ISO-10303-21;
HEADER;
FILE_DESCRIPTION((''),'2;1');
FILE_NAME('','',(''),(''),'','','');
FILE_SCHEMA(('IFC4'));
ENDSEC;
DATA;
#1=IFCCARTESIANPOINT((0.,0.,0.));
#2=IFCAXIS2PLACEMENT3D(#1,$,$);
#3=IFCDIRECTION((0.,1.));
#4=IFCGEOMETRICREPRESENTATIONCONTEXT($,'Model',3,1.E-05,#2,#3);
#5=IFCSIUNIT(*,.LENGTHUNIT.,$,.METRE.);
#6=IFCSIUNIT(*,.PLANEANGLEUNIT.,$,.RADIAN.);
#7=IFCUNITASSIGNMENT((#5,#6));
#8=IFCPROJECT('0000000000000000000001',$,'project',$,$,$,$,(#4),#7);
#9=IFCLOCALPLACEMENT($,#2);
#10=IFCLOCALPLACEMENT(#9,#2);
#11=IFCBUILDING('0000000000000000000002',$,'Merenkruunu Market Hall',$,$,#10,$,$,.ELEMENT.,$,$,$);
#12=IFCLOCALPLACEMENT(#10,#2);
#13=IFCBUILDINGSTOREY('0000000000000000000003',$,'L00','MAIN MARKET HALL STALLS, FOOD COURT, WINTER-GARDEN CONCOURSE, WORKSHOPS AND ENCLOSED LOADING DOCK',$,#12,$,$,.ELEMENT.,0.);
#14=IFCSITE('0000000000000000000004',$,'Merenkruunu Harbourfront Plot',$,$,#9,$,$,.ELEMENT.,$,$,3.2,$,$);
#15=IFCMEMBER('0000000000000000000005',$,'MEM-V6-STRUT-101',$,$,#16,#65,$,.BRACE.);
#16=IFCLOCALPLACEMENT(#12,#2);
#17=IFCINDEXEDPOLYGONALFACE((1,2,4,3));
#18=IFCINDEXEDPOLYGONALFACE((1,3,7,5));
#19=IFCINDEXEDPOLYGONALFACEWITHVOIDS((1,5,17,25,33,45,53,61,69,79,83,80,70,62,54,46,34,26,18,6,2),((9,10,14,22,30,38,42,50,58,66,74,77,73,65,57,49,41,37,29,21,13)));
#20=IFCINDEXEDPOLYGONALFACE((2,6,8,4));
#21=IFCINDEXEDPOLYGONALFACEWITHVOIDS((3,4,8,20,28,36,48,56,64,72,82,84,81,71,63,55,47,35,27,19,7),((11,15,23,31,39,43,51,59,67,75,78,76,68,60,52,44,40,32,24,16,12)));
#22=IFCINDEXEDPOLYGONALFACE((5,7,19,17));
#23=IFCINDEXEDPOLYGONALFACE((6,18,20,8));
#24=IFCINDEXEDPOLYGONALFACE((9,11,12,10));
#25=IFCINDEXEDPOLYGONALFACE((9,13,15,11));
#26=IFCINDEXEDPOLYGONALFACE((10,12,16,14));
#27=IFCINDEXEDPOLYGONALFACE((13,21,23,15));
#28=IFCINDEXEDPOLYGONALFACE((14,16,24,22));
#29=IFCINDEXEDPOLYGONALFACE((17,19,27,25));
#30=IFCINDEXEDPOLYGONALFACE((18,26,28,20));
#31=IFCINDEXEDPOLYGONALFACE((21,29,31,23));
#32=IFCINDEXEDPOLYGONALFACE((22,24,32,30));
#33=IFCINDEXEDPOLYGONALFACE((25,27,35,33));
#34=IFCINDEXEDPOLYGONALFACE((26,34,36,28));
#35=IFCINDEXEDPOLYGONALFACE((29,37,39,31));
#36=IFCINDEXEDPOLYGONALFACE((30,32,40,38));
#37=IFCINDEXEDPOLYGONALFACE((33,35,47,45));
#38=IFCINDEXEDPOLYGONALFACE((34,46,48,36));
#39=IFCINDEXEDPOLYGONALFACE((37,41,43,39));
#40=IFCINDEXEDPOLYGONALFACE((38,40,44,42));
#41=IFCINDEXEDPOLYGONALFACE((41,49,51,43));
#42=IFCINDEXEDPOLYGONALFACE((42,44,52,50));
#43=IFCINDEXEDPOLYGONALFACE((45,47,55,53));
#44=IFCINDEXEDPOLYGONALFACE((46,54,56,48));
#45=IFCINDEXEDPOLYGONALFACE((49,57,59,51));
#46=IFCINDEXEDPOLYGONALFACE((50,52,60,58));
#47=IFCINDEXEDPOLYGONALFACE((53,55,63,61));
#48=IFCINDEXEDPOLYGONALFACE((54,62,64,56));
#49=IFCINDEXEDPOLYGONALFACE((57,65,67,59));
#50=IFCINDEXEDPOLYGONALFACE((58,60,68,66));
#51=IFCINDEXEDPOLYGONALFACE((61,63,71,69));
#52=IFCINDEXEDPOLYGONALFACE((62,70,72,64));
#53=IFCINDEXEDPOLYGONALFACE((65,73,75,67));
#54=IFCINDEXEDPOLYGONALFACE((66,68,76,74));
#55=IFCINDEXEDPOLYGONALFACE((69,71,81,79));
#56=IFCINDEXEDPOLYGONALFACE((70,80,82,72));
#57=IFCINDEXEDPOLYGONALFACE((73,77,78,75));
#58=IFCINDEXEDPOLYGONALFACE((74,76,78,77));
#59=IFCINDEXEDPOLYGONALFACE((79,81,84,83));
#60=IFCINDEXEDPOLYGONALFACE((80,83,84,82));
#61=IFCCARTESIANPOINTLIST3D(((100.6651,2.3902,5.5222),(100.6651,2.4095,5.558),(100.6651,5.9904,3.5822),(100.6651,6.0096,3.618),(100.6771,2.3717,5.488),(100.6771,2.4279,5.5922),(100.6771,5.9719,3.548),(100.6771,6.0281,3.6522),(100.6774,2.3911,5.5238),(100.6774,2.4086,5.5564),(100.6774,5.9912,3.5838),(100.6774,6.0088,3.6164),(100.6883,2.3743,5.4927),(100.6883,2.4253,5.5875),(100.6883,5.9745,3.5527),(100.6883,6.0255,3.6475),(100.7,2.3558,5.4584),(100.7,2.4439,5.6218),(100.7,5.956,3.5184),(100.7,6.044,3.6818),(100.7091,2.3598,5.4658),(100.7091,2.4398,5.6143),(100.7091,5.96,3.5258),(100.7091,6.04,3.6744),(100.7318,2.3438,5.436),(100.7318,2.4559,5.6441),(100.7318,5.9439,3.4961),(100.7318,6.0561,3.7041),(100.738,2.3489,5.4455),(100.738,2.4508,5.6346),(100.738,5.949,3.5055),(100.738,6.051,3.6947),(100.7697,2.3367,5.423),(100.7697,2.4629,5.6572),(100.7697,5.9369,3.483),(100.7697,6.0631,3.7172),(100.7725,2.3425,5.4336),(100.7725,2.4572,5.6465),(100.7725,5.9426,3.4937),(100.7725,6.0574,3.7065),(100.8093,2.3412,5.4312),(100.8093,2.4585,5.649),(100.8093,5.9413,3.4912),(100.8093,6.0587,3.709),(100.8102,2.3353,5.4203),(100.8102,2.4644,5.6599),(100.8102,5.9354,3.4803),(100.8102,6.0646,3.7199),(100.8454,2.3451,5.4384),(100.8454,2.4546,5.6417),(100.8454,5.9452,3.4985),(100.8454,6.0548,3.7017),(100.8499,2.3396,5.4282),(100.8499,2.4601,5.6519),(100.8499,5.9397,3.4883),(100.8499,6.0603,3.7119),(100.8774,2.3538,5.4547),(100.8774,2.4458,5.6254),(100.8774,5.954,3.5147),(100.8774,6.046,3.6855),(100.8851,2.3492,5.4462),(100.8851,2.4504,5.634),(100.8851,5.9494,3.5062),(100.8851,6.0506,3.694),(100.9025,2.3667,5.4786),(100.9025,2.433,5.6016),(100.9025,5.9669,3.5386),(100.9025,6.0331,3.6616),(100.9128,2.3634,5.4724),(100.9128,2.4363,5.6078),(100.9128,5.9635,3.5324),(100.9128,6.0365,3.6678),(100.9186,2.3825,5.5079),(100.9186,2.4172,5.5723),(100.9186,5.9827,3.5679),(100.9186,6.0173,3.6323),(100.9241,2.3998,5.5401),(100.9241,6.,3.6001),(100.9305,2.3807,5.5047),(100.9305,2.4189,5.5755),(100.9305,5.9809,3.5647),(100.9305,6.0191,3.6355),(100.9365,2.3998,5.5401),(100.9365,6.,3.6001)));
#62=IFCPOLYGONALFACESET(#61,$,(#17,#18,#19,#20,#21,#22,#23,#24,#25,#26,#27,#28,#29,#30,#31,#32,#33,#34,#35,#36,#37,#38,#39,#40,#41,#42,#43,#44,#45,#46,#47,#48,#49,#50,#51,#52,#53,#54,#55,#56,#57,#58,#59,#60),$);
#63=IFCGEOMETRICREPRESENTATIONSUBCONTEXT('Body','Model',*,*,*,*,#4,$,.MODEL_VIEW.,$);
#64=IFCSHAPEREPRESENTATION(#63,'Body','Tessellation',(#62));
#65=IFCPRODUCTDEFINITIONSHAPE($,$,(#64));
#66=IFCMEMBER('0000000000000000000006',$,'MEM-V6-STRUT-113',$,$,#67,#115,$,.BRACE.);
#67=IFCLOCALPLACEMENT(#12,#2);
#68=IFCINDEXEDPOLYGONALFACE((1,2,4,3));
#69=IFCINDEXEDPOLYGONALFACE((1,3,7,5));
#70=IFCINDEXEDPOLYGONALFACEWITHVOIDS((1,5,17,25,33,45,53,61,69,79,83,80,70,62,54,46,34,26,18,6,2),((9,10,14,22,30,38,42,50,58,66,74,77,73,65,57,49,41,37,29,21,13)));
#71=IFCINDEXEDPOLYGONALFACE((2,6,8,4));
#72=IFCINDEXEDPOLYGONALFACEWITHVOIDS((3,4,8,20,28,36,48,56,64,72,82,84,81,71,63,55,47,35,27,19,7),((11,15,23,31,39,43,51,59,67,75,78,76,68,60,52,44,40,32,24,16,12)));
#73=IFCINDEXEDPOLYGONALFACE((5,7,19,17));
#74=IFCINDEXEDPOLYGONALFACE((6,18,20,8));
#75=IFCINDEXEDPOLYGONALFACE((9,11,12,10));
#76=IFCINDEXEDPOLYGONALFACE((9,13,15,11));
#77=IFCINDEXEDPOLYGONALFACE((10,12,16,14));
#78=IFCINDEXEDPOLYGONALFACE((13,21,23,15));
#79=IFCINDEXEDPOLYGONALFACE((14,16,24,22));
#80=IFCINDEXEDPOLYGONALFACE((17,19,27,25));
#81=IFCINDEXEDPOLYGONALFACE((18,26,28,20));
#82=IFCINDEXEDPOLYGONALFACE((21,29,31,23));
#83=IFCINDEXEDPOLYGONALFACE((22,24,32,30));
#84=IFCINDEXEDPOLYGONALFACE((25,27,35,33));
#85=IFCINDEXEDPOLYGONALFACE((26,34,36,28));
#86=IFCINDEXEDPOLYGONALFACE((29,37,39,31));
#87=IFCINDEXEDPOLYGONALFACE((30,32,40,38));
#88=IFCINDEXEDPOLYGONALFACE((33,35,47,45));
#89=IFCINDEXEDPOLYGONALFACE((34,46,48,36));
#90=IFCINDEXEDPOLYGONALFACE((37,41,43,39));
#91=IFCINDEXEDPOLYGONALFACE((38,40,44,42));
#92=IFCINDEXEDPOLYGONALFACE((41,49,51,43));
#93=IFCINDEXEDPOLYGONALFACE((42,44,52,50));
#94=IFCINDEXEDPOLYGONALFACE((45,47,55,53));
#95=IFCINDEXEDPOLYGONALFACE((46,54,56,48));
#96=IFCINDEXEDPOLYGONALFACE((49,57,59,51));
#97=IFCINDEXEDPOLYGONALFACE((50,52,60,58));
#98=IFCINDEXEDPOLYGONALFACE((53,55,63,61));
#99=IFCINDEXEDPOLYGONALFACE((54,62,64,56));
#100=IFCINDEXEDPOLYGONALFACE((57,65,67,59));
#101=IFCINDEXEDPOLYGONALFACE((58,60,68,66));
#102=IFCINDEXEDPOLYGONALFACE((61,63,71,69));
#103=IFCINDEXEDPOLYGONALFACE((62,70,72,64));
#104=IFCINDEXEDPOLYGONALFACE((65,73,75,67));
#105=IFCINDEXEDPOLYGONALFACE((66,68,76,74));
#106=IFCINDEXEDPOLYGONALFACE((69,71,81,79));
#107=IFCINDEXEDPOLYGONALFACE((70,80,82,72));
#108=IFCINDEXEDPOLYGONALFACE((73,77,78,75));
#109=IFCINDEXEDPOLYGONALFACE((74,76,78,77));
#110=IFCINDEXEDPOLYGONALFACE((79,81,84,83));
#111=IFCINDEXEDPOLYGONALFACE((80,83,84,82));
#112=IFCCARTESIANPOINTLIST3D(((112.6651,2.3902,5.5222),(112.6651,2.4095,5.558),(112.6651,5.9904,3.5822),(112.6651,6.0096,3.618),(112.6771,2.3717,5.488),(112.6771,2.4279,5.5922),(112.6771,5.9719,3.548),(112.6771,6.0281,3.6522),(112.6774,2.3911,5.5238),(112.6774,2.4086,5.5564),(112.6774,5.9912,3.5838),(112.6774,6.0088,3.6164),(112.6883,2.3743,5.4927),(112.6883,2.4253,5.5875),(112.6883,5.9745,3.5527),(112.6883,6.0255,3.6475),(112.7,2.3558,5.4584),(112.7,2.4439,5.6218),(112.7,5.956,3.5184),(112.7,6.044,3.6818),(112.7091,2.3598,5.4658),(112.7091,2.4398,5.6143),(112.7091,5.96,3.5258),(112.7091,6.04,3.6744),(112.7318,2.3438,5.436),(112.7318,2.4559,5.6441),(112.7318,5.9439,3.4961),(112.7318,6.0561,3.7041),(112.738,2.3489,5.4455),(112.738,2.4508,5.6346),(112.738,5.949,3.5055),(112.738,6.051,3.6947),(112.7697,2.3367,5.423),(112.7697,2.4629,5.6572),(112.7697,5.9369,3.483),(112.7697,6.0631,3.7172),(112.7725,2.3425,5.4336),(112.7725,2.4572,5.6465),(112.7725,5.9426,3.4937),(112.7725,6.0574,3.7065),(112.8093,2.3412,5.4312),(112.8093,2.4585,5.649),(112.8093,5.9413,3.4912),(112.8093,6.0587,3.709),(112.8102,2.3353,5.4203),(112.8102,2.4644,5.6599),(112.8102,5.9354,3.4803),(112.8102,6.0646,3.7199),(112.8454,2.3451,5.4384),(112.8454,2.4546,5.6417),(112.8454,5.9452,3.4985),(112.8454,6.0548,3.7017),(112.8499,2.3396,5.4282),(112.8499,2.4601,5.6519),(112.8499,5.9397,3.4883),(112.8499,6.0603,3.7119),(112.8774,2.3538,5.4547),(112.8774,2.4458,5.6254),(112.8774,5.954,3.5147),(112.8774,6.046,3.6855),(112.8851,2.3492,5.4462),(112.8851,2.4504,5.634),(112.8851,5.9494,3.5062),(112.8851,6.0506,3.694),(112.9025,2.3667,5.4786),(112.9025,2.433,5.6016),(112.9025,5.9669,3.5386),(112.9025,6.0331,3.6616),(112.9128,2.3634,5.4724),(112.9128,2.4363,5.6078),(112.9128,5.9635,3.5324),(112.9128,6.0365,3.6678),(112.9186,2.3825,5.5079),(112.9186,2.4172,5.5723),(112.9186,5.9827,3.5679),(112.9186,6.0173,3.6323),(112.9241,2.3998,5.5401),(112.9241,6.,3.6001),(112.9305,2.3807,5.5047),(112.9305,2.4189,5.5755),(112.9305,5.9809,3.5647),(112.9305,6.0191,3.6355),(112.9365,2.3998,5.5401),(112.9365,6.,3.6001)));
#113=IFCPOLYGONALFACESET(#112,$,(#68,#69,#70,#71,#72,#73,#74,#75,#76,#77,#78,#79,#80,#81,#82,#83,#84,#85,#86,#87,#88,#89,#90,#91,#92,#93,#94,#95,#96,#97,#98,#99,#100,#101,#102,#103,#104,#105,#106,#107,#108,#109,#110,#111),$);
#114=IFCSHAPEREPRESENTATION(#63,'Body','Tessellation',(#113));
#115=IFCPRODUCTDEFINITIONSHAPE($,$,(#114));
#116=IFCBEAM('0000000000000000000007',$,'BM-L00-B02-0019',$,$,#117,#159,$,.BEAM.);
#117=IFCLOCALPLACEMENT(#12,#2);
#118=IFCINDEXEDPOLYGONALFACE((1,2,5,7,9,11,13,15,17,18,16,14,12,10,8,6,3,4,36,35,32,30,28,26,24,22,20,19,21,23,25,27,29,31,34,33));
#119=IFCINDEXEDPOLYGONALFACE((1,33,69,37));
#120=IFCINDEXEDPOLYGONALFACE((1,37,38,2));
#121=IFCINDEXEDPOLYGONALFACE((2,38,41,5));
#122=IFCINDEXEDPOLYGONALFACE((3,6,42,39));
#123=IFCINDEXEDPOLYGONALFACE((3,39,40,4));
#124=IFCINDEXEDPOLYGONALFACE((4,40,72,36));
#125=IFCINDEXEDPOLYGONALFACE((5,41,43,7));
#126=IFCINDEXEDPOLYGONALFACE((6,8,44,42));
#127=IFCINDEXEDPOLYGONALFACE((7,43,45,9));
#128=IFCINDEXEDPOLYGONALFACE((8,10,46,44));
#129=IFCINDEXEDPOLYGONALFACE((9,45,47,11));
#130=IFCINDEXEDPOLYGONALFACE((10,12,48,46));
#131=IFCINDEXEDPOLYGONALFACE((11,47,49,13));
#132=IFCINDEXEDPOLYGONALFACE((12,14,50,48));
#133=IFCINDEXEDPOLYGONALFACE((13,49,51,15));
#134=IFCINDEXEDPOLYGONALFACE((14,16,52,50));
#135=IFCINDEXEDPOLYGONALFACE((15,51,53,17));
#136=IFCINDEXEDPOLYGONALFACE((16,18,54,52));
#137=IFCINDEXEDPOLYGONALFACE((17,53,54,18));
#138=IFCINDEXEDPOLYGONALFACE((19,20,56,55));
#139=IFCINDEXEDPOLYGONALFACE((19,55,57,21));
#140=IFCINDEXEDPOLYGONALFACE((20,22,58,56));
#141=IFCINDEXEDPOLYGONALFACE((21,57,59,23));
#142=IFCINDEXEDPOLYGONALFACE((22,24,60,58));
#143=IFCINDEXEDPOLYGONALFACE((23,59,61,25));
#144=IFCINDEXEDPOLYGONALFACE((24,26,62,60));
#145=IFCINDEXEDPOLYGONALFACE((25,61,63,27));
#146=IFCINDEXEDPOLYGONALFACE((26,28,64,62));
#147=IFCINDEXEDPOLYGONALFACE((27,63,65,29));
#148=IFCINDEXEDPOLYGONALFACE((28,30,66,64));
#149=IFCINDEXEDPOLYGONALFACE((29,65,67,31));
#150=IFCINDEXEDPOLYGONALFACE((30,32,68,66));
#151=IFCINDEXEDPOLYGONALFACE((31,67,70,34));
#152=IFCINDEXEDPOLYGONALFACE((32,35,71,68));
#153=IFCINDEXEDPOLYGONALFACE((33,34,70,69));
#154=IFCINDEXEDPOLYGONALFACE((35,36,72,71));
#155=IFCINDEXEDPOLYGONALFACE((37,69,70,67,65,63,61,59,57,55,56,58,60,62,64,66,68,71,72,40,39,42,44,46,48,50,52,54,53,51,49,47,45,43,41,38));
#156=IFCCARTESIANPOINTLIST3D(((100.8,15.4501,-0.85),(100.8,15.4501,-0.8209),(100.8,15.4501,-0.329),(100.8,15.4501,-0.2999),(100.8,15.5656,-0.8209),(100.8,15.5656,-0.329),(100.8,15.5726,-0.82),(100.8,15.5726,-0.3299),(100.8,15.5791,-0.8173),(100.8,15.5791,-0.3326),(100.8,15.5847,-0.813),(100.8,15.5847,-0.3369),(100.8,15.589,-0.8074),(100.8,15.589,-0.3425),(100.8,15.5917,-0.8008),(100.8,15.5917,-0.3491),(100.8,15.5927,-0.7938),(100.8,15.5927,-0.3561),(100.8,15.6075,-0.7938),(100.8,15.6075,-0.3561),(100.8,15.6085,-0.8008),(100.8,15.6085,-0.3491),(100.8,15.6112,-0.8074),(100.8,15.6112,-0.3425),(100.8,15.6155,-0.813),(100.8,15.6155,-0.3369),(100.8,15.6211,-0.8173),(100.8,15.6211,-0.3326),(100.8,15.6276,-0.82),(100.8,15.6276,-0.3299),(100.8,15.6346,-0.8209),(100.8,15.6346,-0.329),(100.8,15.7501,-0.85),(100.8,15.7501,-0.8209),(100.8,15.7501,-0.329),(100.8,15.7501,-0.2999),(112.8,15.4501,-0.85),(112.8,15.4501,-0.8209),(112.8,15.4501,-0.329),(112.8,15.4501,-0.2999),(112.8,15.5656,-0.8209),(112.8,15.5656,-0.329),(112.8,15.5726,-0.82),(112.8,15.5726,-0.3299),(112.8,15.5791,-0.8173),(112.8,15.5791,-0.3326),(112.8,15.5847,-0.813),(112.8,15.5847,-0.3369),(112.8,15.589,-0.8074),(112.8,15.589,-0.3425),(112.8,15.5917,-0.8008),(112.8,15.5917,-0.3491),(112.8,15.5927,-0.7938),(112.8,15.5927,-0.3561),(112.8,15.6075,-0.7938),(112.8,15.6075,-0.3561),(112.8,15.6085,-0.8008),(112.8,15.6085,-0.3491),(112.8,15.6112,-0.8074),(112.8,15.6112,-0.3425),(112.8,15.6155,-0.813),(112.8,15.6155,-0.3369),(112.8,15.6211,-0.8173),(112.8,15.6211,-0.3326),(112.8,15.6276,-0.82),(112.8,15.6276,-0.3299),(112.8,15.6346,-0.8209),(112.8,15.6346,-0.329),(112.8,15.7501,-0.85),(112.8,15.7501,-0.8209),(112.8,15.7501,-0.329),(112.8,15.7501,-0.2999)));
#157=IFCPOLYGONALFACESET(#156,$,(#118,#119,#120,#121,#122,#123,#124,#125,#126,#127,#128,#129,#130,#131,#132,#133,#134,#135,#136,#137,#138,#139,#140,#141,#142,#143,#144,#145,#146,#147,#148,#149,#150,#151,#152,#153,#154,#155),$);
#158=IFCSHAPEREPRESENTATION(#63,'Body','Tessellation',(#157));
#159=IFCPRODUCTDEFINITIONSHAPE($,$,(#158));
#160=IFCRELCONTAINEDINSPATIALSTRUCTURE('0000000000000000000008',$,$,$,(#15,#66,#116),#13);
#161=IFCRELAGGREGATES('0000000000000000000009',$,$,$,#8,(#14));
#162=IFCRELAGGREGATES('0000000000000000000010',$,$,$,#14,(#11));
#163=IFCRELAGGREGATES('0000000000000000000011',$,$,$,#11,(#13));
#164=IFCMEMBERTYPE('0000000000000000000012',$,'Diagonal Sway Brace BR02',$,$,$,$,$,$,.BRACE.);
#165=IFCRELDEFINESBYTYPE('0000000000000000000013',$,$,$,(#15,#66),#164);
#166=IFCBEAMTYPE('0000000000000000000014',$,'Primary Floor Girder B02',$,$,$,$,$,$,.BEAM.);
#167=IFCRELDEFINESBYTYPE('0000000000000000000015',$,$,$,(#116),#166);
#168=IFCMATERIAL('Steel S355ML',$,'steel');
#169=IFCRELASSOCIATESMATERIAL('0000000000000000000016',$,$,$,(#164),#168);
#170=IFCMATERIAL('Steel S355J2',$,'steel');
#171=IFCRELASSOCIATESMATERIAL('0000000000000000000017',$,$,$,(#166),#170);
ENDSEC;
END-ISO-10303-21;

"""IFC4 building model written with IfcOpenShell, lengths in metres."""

from ifc_helpers import new_model, si_unit, direction, frame, origin, origin_2d, place, context, subcontext, project, spatial, hollow_circle, i_section, extrude, material, material_profile, profile_set, type_object, element, save


model = new_model("IFC4")

# Units and contexts
model_context = context("Model", 3, precision=1e-05, world=origin(), true_north=direction((0.0, 1.0)))
body_context = subcontext(model_context, "Body", "Model", "MODEL_VIEW")
ifc_project = project(units=[si_unit("LENGTHUNIT", "METRE"), si_unit("PLANEANGLEUNIT", "RADIAN")], contexts=[model_context])

# Site, building, storey
site_placement = place(None, origin())
site = spatial("IfcSite", under=ifc_project, at=site_placement, Name="Merenkruunu Harbourfront Plot", CompositionType="ELEMENT", RefElevation=3.2)
building_placement = place(site_placement, origin())
building = spatial("IfcBuilding", under=site, at=building_placement, Name="Merenkruunu Market Hall", CompositionType="ELEMENT")
storey_placement = place(building_placement, origin())
storey = spatial("IfcBuildingStorey", under=building, at=storey_placement, Name="L00", Description="MAIN MARKET HALL STALLS, FOOD COURT, WINTER-GARDEN CONCOURSE, WORKSHOPS AND ENCLOSED LOADING DOCK", CompositionType="ELEMENT", Elevation=0.0)

# Shared definitions
ifc_material_1 = material(Name="Steel S355J2", Category="steel")
ifc_material_2 = material(Name="Steel S355ML", Category="steel")

# Members
ifc_material_profile_1 = material_profile(ifc_material_2, hollow_circle(Radius=0.1365, WallThickness=0.0125, at=origin_2d()), Name="CHS 273x12.5")
ifc_profile_set_1 = profile_set([ifc_material_profile_1], Name="Steel S355ML")
member_type_1 = type_object("IfcMemberType", Name="Diagonal Sway Brace BR02", PredefinedType="BRACE", material=ifc_profile_set_1)
for number, where, z_axis, x_axis, name in (
    (1, (100.8, 6.0, 3.6001), (0.0, -0.880325, 0.47437), (1.0, 0.0, 0.0), "MEM-V6-STRUT-101"),
    (2, (112.8, 6.0, 3.6001), (0.0, -0.880325, 0.47437), (1.0, 0.0, 0.0), "MEM-V6-STRUT-113"),
):
    element("IfcMember", number, at=place(storey_placement, frame(where, z_axis=z_axis, x_axis=x_axis)), inside=storey, type_object=member_type_1, Name=name, PredefinedType="BRACE", context=body_context, shape_type="SweptSolid", body=[
        extrude(hollow_circle(Radius=0.1365, WallThickness=0.0125, at=origin_2d()), origin(), (0.0, 0.0, 1.0), 4.0896),
    ])

# Beam
ifc_material_profile_2 = material_profile(ifc_material_1, i_section(OverallWidth=0.3, OverallDepth=0.55, WebThickness=0.0149, FlangeThickness=0.0291, FilletRadius=0.0271, at=origin_2d()), Name="HEB 550")
ifc_profile_set_2 = profile_set([ifc_material_profile_2], Name="Steel S355J2")
beam_type_1 = type_object("IfcBeamType", Name="Primary Floor Girder B02", PredefinedType="BEAM", material=ifc_profile_set_2)
beam_1_placement = place(storey_placement, frame((100.8, 15.6001, -0.575), z_axis=(1.0, 0.0, 0.0), x_axis=(0.0, 1.0, 0.0)))
element("IfcBeam", 3, at=beam_1_placement, inside=storey, type_object=beam_type_1, Name="BM-L00-B02-0019", PredefinedType="BEAM", context=body_context, shape_type="SweptSolid", body=[
    extrude(i_section(OverallWidth=0.3, OverallDepth=0.55, WebThickness=0.0149, FlangeThickness=0.0291, FilletRadius=0.0271, at=origin_2d()), origin(), (0.0, 0.0, 1.0), 12.0),
])

save(model, "model.ifc")
